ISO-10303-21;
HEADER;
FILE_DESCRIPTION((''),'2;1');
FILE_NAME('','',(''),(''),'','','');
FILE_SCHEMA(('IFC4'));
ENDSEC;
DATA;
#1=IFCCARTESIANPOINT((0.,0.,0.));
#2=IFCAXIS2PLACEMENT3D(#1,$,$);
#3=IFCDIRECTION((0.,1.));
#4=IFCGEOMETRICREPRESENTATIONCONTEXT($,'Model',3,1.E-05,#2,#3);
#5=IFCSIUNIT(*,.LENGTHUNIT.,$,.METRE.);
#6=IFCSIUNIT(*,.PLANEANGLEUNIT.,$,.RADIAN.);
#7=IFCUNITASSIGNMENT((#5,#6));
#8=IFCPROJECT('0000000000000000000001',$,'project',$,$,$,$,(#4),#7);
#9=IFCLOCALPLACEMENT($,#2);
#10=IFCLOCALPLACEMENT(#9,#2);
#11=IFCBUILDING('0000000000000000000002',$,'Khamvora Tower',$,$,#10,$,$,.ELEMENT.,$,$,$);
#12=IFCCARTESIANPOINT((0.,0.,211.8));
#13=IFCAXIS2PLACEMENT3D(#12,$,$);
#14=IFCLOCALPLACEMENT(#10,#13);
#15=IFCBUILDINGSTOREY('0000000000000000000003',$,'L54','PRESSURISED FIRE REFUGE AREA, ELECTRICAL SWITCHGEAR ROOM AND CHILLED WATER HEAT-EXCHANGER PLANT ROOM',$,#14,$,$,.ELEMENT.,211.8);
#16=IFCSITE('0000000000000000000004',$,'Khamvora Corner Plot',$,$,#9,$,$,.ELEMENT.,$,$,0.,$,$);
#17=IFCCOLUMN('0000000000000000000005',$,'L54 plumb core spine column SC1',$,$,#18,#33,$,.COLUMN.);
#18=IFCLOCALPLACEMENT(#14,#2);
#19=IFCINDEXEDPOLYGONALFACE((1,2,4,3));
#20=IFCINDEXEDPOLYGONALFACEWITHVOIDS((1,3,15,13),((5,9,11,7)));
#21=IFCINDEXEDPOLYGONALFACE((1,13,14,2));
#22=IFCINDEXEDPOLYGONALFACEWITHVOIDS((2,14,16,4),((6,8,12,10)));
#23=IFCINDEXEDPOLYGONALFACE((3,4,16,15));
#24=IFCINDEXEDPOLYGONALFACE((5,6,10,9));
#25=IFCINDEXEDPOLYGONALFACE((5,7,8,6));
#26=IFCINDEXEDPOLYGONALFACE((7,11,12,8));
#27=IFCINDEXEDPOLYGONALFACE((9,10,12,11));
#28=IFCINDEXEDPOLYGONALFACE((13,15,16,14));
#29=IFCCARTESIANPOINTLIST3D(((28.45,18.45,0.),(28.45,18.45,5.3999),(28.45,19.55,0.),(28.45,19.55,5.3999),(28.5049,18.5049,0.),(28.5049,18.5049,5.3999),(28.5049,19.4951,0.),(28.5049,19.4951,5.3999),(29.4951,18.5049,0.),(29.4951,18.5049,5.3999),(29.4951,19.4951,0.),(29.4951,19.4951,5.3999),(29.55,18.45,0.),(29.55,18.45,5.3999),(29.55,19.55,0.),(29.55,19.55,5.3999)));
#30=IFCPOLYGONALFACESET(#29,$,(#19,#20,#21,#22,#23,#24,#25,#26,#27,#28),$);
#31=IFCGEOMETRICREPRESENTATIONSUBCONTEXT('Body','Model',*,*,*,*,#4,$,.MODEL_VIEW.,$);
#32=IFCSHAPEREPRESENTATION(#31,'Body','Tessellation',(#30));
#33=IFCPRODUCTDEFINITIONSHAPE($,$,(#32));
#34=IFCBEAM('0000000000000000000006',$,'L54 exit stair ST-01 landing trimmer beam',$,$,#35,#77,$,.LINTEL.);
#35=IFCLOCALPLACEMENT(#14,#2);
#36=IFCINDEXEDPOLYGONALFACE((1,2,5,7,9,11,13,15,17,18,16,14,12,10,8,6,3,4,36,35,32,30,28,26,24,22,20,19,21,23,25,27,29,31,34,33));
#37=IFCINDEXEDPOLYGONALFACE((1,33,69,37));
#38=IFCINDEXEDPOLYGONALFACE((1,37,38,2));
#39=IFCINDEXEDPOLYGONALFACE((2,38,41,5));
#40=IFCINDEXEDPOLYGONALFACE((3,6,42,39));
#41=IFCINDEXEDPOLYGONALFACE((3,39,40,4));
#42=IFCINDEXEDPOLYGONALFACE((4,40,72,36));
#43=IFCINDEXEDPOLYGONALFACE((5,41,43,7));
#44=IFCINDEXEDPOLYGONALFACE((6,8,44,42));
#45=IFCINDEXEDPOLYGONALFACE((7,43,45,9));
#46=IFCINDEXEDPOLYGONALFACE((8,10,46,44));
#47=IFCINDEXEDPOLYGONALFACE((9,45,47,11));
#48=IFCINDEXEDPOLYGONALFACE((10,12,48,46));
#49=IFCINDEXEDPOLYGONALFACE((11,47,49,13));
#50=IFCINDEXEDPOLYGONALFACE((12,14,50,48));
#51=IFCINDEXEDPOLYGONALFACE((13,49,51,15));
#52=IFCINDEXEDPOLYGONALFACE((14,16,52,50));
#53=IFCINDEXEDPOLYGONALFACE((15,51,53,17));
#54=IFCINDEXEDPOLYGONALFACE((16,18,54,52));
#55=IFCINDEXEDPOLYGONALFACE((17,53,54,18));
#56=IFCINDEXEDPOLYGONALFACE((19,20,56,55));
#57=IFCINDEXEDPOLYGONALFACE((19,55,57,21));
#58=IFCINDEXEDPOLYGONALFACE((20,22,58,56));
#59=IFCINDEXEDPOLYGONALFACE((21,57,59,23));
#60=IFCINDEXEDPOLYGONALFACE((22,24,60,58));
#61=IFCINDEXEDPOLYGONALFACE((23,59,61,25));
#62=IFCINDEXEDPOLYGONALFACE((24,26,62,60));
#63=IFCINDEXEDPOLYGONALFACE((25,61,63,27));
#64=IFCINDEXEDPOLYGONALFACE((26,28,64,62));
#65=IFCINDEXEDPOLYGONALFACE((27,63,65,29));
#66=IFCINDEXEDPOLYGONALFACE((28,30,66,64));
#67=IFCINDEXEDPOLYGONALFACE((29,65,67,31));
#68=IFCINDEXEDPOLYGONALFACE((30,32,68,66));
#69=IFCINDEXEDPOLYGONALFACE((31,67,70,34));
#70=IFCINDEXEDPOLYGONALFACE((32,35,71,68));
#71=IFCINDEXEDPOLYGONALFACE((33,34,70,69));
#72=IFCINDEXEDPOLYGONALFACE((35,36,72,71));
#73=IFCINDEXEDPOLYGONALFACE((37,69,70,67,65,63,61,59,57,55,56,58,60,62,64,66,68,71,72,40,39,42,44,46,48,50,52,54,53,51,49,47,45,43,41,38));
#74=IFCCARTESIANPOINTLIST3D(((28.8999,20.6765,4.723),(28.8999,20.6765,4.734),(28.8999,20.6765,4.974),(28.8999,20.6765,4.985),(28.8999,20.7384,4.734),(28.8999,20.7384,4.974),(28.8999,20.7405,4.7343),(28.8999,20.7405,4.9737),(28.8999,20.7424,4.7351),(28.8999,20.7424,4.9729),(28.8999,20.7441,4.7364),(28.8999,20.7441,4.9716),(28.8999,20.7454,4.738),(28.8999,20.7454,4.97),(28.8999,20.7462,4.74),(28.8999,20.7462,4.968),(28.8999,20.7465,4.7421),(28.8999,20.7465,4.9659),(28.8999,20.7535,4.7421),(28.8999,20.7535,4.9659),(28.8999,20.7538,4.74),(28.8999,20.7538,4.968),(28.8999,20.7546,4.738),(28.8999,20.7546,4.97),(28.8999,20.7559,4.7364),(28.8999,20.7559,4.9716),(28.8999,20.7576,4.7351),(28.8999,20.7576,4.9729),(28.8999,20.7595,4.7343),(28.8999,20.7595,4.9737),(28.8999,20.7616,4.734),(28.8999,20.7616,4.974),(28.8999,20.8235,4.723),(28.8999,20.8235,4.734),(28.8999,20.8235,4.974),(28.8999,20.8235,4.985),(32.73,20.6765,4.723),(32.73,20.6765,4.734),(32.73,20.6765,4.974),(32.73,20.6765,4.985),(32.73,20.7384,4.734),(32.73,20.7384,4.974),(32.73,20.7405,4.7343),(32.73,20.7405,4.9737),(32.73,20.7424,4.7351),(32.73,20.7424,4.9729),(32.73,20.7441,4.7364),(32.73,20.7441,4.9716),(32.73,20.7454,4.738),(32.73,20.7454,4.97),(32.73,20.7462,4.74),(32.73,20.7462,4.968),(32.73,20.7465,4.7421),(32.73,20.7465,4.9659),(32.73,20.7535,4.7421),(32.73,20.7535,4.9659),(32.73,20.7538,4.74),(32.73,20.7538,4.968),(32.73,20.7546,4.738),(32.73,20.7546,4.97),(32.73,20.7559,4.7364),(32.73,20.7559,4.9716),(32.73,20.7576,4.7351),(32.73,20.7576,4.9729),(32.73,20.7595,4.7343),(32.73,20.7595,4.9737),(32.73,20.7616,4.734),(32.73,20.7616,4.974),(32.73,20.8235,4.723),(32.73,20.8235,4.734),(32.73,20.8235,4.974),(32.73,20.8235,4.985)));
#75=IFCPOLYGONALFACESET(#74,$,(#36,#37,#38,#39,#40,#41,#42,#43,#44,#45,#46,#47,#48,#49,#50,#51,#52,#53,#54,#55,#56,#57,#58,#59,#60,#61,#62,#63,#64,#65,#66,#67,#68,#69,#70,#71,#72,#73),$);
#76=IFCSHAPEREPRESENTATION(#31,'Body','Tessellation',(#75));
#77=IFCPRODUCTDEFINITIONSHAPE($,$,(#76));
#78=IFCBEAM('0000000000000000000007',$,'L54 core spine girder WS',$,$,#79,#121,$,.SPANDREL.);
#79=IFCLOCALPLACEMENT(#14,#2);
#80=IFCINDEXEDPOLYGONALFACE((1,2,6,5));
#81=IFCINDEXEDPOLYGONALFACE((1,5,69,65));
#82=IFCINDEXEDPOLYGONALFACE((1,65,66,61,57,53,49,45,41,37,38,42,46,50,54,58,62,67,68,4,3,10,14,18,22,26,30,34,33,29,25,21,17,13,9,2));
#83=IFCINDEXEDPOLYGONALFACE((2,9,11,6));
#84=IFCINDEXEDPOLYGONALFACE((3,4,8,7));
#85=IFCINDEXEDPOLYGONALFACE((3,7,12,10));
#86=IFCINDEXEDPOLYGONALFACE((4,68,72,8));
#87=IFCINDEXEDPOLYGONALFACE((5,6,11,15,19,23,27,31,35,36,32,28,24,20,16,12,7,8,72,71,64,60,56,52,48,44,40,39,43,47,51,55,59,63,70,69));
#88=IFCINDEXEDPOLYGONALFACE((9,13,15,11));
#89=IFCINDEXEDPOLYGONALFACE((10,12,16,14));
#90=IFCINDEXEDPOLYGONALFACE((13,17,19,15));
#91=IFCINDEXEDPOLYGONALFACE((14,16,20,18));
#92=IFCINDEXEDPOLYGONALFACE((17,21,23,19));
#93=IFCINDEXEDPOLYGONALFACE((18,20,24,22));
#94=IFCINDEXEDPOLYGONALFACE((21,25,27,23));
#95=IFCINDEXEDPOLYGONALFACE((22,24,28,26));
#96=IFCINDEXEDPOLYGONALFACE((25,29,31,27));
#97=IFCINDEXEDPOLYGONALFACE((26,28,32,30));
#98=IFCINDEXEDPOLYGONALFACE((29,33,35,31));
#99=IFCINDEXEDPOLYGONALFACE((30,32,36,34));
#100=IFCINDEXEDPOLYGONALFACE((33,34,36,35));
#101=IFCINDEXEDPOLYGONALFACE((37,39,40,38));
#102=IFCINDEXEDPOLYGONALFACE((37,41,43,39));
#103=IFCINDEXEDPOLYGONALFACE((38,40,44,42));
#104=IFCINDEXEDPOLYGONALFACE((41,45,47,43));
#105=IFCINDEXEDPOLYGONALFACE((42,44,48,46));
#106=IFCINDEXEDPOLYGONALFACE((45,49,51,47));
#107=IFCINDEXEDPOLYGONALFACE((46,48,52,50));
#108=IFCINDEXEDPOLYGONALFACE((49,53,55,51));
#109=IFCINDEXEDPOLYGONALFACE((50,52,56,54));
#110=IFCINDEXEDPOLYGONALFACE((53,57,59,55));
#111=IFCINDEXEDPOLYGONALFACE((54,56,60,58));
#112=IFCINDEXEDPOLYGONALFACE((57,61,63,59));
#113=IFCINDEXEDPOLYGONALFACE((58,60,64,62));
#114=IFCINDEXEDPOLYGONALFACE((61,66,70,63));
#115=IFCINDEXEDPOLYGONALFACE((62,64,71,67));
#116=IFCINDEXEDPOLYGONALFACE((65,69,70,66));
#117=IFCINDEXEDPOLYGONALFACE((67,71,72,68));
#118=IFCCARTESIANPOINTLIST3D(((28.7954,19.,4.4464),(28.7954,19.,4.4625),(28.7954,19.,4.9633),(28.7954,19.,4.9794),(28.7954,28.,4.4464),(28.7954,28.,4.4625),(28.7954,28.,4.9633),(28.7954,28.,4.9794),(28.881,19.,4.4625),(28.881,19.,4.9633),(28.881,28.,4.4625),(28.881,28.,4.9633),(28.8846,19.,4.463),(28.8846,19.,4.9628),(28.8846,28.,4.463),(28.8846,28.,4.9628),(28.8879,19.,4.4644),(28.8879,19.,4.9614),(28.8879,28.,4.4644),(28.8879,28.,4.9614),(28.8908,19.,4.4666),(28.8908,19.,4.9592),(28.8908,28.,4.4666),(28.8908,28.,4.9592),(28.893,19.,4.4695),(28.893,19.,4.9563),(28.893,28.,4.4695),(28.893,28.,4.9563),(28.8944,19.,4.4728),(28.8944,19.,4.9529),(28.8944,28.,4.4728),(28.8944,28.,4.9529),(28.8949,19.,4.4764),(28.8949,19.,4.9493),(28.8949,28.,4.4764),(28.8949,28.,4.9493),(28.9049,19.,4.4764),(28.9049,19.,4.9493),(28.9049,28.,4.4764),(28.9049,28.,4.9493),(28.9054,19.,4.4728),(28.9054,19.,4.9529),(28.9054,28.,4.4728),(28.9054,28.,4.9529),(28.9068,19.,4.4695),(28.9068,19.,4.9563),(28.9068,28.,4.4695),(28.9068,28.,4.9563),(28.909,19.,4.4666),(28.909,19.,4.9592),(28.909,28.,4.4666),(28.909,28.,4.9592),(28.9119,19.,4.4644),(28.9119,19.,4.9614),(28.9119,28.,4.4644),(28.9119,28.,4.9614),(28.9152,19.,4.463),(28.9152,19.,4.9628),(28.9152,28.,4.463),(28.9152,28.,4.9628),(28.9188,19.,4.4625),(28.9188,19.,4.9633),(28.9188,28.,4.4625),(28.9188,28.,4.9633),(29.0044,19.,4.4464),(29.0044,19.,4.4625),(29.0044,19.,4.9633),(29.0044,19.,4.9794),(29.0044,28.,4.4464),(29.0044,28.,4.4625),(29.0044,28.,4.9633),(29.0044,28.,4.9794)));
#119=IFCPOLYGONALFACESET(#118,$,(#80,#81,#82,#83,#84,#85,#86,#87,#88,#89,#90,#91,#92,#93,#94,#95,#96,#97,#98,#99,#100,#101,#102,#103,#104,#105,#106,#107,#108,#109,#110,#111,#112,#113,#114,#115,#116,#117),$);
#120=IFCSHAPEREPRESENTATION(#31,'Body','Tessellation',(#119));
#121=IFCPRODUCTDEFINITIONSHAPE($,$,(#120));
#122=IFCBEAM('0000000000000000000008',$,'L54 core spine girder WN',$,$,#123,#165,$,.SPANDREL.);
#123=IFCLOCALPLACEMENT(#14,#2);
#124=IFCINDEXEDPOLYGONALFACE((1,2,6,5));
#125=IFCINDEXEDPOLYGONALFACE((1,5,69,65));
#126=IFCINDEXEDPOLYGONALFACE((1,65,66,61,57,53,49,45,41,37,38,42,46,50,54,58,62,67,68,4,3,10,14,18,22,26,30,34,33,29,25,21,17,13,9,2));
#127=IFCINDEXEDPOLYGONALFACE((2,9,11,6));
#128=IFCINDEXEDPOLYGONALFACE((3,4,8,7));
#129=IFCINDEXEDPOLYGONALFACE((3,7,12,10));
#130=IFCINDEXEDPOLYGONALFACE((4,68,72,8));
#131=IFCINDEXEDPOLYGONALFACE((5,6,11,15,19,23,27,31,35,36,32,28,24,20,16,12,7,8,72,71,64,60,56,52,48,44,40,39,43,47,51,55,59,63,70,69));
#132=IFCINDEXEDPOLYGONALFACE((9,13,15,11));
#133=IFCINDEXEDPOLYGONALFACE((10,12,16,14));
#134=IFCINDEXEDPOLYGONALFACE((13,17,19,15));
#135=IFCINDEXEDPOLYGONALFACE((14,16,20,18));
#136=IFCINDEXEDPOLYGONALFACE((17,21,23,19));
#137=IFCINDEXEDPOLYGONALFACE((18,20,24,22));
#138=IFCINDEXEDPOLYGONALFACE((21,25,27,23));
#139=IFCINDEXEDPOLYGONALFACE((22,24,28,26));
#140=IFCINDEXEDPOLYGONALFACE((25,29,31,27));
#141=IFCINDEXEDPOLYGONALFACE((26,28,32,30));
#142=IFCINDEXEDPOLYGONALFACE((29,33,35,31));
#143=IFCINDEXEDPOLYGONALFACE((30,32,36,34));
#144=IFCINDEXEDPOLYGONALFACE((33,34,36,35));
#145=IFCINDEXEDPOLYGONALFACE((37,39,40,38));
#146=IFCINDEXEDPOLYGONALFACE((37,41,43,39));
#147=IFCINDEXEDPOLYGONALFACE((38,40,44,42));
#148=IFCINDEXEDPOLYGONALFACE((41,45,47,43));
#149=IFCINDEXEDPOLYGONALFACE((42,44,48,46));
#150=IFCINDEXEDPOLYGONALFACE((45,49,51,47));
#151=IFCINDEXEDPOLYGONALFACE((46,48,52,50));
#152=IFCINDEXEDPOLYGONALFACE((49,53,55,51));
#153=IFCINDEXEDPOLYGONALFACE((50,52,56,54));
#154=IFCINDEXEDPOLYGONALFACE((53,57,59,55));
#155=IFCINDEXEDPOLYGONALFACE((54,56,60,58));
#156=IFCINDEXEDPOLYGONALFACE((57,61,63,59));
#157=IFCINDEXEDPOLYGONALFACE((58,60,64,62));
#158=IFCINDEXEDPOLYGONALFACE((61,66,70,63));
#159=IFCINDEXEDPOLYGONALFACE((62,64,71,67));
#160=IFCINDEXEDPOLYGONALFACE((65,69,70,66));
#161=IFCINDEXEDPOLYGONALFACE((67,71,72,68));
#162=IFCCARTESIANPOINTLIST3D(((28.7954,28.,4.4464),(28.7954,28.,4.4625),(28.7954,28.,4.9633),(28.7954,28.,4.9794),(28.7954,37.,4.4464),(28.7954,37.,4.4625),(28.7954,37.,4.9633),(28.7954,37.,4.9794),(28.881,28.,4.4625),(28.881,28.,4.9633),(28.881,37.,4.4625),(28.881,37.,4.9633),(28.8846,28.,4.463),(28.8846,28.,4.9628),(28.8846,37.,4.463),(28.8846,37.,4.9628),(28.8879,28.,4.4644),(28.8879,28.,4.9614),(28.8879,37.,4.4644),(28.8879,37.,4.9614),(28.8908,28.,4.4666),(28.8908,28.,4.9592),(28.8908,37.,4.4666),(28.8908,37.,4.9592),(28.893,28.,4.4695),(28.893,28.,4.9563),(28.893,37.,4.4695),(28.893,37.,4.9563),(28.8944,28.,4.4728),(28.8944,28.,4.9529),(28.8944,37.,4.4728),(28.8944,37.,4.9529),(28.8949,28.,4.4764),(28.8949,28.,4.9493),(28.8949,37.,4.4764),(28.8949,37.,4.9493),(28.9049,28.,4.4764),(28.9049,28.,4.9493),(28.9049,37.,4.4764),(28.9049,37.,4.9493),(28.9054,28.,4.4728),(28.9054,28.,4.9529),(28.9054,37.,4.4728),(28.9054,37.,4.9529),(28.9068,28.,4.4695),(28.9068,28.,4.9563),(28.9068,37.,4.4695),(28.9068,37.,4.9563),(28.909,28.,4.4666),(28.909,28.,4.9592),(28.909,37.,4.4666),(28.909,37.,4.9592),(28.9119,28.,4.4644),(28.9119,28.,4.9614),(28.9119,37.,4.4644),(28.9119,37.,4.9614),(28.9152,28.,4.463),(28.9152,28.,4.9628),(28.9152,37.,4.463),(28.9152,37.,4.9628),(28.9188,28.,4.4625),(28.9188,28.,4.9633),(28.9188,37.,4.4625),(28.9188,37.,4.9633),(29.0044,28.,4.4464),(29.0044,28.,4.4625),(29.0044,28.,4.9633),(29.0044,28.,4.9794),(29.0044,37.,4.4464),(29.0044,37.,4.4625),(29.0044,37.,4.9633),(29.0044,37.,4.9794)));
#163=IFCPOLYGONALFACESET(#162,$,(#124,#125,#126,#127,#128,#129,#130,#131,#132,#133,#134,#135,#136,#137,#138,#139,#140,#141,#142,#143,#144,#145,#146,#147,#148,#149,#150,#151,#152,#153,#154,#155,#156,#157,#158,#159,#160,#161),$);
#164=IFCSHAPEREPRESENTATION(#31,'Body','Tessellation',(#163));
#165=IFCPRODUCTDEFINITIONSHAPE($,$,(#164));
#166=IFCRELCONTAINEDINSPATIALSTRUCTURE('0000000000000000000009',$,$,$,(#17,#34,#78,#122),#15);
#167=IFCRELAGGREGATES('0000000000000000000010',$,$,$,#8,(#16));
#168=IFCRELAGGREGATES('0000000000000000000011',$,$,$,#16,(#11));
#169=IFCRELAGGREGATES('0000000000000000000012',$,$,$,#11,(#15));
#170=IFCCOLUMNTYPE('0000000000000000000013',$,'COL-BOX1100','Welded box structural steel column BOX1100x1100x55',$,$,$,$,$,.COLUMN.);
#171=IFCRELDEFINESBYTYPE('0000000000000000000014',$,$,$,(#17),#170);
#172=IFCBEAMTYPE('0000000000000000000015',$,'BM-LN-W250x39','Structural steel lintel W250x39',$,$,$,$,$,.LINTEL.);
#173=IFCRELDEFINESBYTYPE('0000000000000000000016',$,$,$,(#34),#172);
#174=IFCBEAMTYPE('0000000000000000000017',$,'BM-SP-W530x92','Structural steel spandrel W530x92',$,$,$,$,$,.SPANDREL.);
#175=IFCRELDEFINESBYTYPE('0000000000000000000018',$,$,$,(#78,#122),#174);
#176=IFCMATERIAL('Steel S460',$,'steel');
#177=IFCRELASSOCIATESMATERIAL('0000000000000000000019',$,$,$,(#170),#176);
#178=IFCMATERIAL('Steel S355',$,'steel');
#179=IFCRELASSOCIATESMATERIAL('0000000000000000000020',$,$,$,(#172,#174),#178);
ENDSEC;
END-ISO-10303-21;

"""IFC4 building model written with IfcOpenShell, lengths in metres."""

from ifc_helpers import new_model, si_unit, direction, frame, origin, origin_2d, place, context, subcontext, project, spatial, hollow_rectangle, i_section, extrude, material, material_profile, profile_set, type_object, element, save


model = new_model("IFC4")

# Units and contexts
model_context = context("Model", 3, precision=1e-05, world=origin(), true_north=direction((0.0, 1.0)))
body_context = subcontext(model_context, "Body", "Model", "MODEL_VIEW")
ifc_project = project(units=[si_unit("LENGTHUNIT", "METRE"), si_unit("PLANEANGLEUNIT", "RADIAN")], contexts=[model_context])

# Site, building, storey
site_placement = place(None, origin())
site = spatial("IfcSite", under=ifc_project, at=site_placement, Name="Khamvora Corner Plot", CompositionType="ELEMENT", RefElevation=0.0)
building_placement = place(site_placement, origin())
building = spatial("IfcBuilding", under=site, at=building_placement, Name="Khamvora Tower", CompositionType="ELEMENT")
storey_placement = place(building_placement, frame((0.0, 0.0, 211.8)))
storey = spatial("IfcBuildingStorey", under=building, at=storey_placement, Name="L54", Description="PRESSURISED FIRE REFUGE AREA, ELECTRICAL SWITCHGEAR ROOM AND CHILLED WATER HEAT-EXCHANGER PLANT ROOM", CompositionType="ELEMENT", Elevation=211.8)

# Column
ifc_material_1 = material(Name="Steel S460", Category="steel")
ifc_material_profile_1 = material_profile(ifc_material_1, hollow_rectangle(XDim=1.1001, YDim=1.1001, WallThickness=0.0549, at=origin_2d()), Name="BOX1100x1100x55")
ifc_profile_set_1 = profile_set([ifc_material_profile_1], Name="Steel S460")
column_type = type_object("IfcColumnType", Name="COL-BOX1100", Description="Welded box structural steel column BOX1100x1100x55", PredefinedType="COLUMN", material=ifc_profile_set_1)
column_placement = place(storey_placement, frame((29.0, 19.0, 0.0), z_axis=(0.0, 0.0, 1.0), x_axis=(1.0, 0.0, 0.0)))
element("IfcColumn", 1, at=column_placement, inside=storey, type_object=column_type, Name="L54 plumb core spine column SC1", PredefinedType="COLUMN", context=body_context, shape_type="SweptSolid", body=[
    extrude(hollow_rectangle(XDim=1.1001, YDim=1.1001, WallThickness=0.0549, at=origin_2d()), origin(), (0.0, 0.0, 1.0), 5.3999),
])

# Beams
ifc_material_2 = material(Name="Steel S355", Category="steel")
ifc_material_profile_2 = material_profile(ifc_material_2, i_section(OverallWidth=0.147, OverallDepth=0.262, WebThickness=0.0071, FlangeThickness=0.011, FilletRadius=0.0081, at=origin_2d()), Name="W250x39")
ifc_profile_set_2 = profile_set([ifc_material_profile_2], Name="Steel S355")
beam_type_1 = type_object("IfcBeamType", Name="BM-LN-W250x39", Description="Structural steel lintel W250x39", PredefinedType="LINTEL", material=ifc_profile_set_2)
beam_1_placement = place(storey_placement, frame((28.8999, 20.75, 4.854), z_axis=(1.0, 0.0, 0.0), x_axis=(0.0, 1.0, 0.0)))
element("IfcBeam", 2, at=beam_1_placement, inside=storey, type_object=beam_type_1, Name="L54 exit stair ST-01 landing trimmer beam", PredefinedType="LINTEL", context=body_context, shape_type="SweptSolid", body=[
    extrude(i_section(OverallWidth=0.147, OverallDepth=0.262, WebThickness=0.0071, FlangeThickness=0.011, FilletRadius=0.0081, at=origin_2d()), origin(), (0.0, 0.0, 1.0), 3.8301),
])
ifc_material_profile_3 = material_profile(ifc_material_2, i_section(OverallWidth=0.209, OverallDepth=0.533, WebThickness=0.01, FlangeThickness=0.0161, FilletRadius=0.0139, at=origin_2d()), Name="W530x92")
ifc_profile_set_3 = profile_set([ifc_material_profile_3], Name="Steel S355")
beam_type_2 = type_object("IfcBeamType", Name="BM-SP-W530x92", Description="Structural steel spandrel W530x92", PredefinedType="SPANDREL", material=ifc_profile_set_3)
for number, where, z_axis, x_axis, name in (
    (3, (28.8999, 19.0, 4.7129), (0.0, 1.0, 0.0), (-1.0, 0.0, 0.0), "L54 core spine girder WS"),
    (4, (28.8999, 28.0, 4.7129), (0.0, 1.0, 0.0), (-1.0, 0.0, 0.0), "L54 core spine girder WN"),
):
    element("IfcBeam", number, at=place(storey_placement, frame(where, z_axis=z_axis, x_axis=x_axis)), inside=storey, type_object=beam_type_2, Name=name, PredefinedType="SPANDREL", context=body_context, shape_type="SweptSolid", body=[
        extrude(i_section(OverallWidth=0.209, OverallDepth=0.533, WebThickness=0.01, FlangeThickness=0.0161, FilletRadius=0.0139, at=origin_2d()), origin(), (0.0, 0.0, 1.0), 9.0),
    ])

save(model, "model.ifc")
